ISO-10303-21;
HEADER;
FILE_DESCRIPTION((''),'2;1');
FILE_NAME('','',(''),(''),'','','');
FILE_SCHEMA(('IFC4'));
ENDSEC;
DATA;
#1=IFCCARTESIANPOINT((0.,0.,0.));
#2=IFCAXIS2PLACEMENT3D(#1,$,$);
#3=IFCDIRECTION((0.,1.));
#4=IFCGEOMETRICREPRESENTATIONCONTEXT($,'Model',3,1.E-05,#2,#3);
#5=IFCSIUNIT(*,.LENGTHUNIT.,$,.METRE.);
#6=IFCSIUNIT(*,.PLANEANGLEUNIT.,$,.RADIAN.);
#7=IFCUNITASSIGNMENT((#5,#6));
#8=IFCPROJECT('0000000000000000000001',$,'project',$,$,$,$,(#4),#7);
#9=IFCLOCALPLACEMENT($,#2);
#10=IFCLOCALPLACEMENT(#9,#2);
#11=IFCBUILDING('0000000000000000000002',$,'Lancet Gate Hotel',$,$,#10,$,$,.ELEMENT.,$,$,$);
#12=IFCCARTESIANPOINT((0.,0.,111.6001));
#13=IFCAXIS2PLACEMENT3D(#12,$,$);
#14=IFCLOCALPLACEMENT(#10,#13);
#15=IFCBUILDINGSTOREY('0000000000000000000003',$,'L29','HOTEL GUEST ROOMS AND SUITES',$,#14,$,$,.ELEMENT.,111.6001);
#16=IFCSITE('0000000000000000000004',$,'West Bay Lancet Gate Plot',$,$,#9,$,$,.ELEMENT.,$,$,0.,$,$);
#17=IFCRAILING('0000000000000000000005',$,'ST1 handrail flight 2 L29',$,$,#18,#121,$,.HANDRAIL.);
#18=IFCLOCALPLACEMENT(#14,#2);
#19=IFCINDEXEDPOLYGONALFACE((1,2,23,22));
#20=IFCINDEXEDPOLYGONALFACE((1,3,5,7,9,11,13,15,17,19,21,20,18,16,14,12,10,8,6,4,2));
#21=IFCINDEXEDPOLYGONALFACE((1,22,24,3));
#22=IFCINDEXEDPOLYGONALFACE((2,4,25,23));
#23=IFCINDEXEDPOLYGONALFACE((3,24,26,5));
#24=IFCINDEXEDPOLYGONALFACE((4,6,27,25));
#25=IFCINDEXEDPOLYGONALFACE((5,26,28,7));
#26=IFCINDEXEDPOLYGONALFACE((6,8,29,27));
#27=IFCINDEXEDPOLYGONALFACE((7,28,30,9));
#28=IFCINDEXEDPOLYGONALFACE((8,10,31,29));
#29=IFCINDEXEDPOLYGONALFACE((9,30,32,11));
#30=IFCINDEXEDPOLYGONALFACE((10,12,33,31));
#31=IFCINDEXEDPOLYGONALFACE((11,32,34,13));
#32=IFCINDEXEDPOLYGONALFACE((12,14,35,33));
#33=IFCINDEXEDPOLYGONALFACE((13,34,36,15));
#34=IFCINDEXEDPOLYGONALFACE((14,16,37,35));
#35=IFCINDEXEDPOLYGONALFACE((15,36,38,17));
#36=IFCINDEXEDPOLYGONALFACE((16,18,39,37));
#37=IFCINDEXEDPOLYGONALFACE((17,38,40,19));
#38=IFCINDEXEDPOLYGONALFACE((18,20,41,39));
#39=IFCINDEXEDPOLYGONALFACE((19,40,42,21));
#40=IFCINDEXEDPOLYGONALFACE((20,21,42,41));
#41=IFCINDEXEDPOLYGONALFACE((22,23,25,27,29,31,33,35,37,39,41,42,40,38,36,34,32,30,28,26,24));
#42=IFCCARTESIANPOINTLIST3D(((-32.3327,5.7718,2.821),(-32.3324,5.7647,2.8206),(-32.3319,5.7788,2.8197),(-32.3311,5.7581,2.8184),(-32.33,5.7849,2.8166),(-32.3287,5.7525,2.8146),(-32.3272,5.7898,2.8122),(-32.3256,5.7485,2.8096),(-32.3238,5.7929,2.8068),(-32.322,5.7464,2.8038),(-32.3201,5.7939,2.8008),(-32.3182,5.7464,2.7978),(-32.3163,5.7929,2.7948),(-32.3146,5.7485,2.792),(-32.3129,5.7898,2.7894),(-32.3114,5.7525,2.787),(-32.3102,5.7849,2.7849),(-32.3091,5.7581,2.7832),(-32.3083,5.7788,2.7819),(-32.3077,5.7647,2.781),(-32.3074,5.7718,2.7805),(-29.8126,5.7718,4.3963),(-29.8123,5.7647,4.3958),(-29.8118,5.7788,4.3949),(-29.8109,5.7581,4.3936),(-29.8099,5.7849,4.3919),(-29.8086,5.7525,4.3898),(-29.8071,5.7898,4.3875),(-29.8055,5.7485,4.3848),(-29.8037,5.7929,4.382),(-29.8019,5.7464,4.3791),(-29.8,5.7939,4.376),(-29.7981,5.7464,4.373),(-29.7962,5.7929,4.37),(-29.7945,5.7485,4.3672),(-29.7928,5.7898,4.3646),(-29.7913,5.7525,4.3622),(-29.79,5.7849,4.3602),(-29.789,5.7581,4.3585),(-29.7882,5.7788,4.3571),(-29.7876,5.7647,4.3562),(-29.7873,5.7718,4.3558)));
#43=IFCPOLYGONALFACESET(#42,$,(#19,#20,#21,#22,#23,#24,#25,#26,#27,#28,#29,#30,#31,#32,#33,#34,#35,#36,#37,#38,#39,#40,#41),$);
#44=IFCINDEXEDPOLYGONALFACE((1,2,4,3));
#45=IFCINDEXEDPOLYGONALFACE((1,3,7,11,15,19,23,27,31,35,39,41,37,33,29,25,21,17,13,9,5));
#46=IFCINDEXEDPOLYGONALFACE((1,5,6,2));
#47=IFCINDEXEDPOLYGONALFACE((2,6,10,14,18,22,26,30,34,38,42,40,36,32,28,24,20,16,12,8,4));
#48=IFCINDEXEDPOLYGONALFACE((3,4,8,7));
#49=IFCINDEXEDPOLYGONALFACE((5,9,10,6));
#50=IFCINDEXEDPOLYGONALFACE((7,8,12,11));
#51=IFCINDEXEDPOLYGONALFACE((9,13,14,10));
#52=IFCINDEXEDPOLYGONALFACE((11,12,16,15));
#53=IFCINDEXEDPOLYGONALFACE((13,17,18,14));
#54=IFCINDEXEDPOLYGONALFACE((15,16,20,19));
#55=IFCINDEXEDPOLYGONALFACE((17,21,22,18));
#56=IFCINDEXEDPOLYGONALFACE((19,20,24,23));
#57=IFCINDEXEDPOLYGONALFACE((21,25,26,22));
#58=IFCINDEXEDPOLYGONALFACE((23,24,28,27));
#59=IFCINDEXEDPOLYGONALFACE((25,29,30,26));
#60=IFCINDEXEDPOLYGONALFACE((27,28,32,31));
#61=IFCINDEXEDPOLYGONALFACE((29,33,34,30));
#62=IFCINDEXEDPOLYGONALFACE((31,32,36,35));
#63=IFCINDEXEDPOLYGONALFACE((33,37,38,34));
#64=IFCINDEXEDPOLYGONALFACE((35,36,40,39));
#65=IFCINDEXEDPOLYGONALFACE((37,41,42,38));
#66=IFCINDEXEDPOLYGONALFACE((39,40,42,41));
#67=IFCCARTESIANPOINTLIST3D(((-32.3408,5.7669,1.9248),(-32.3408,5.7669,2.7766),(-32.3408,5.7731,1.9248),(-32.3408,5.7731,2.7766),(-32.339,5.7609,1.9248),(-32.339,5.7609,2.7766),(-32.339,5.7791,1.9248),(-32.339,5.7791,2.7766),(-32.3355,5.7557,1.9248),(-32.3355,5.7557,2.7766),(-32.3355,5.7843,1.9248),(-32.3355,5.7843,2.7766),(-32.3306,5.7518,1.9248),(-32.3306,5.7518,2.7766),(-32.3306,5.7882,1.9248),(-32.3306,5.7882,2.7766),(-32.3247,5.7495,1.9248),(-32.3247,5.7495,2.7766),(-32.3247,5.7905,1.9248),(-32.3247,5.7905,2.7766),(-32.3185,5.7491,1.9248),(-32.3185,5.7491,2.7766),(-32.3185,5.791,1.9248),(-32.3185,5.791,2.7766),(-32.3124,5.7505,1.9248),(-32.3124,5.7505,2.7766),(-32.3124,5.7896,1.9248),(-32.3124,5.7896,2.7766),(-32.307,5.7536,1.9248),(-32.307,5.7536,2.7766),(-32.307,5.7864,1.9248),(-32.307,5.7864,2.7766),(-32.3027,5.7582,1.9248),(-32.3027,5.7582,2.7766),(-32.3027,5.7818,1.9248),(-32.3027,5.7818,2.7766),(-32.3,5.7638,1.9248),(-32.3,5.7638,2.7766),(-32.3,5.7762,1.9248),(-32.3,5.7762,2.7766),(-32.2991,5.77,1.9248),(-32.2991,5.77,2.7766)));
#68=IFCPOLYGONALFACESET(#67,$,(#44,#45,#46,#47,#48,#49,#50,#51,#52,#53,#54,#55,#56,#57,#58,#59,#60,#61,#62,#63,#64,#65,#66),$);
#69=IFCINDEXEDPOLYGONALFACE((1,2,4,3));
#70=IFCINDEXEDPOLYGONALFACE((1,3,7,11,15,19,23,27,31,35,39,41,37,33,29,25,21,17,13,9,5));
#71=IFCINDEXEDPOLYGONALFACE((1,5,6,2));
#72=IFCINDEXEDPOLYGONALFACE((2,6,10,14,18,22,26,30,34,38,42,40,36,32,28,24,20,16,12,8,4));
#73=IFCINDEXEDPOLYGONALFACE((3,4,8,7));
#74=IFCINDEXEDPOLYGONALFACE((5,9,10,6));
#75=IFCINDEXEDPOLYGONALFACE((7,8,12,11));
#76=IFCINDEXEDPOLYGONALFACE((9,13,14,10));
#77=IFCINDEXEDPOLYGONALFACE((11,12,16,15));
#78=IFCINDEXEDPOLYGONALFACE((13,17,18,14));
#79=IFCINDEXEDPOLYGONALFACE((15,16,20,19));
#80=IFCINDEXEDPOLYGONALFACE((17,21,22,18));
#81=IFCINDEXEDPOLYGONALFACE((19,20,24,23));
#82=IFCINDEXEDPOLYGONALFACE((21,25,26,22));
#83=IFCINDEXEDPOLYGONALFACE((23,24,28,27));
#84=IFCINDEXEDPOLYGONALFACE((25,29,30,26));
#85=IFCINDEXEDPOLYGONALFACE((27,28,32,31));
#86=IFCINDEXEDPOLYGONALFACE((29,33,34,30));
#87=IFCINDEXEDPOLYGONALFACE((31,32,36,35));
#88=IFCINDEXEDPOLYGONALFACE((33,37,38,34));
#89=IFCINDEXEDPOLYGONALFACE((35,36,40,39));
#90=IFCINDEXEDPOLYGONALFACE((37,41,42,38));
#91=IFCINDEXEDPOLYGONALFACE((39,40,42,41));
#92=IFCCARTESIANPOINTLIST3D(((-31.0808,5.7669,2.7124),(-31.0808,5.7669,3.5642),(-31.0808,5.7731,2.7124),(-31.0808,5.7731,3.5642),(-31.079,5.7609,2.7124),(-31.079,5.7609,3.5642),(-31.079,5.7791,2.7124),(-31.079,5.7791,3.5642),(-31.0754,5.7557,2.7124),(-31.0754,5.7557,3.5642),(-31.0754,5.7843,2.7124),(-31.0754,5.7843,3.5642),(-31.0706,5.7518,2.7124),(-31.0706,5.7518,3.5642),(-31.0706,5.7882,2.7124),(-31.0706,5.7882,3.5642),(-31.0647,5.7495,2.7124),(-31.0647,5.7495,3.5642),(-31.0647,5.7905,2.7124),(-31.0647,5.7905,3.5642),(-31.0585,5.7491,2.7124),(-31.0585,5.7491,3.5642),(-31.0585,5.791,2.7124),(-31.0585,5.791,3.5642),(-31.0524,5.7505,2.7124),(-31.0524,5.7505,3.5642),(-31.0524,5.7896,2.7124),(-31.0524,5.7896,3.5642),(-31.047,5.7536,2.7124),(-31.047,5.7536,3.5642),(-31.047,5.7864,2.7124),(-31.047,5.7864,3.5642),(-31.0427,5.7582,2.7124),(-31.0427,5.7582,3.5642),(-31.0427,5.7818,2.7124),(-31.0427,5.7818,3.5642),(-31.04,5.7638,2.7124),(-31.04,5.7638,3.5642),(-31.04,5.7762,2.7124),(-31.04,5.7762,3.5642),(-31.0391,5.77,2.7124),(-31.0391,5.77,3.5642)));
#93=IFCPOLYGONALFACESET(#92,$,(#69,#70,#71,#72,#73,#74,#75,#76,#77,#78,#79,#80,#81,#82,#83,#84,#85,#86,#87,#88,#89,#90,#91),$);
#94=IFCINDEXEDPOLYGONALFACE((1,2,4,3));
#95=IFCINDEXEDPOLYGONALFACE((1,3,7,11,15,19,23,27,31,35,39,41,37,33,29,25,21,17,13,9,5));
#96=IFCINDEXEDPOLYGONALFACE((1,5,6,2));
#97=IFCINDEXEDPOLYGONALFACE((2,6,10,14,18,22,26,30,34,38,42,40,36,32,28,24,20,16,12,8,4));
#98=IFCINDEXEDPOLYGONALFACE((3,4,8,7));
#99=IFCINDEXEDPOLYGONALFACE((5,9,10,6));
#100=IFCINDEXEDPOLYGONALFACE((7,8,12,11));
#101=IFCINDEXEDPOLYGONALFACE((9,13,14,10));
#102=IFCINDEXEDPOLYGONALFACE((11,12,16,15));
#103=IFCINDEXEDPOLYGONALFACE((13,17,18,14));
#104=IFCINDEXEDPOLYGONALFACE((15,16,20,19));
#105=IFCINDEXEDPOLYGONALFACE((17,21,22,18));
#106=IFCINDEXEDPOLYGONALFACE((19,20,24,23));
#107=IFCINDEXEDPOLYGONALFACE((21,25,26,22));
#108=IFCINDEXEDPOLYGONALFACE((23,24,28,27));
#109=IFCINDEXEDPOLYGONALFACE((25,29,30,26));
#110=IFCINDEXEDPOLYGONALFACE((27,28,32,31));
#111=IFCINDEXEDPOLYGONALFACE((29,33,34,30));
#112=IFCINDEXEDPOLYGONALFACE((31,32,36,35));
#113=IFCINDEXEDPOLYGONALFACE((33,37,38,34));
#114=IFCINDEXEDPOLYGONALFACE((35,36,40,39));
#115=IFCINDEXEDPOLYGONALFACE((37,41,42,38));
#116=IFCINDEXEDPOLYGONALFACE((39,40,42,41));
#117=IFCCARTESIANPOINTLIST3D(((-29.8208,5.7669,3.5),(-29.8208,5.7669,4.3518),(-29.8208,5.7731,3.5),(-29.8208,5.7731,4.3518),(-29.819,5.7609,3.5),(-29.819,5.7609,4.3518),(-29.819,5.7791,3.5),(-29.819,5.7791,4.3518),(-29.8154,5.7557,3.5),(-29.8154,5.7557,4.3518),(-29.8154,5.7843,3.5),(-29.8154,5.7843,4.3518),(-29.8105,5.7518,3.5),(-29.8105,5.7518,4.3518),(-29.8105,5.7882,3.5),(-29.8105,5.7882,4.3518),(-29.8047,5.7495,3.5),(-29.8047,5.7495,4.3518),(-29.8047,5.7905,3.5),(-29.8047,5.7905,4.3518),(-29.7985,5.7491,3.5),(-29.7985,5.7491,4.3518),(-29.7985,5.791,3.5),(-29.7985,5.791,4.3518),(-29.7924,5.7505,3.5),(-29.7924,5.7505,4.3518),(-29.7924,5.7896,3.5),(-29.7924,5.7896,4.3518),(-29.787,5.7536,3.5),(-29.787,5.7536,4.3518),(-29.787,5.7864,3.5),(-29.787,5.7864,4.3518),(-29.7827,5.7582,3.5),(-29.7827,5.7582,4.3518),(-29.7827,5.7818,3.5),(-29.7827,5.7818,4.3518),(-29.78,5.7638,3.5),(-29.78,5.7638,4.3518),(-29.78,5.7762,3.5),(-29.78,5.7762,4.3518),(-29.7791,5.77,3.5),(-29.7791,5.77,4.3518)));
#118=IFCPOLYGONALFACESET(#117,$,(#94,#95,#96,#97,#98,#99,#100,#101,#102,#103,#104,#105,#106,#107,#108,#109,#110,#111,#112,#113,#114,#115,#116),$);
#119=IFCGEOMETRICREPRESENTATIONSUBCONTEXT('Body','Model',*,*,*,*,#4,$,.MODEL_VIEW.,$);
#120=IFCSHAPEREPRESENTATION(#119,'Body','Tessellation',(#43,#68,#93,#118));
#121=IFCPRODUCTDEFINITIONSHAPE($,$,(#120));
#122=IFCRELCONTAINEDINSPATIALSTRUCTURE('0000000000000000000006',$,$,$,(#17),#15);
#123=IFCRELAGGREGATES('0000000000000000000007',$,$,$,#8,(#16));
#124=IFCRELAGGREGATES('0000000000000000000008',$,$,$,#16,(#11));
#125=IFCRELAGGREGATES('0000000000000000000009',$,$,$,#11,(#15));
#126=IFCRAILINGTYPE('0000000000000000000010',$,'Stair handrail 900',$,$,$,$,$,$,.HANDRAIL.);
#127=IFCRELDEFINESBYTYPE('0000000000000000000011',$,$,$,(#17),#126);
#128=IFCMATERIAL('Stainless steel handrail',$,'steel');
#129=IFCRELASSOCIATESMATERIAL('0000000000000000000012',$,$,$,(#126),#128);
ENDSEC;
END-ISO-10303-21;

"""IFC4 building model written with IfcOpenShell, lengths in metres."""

from ifc_helpers import new_model, si_unit, direction, frame, origin, origin_2d, place, context, subcontext, project, spatial, circle, extrude, material, type_object, element, save


model = new_model("IFC4")

# Units and contexts
model_context = context("Model", 3, precision=1e-05, world=origin(), true_north=direction((0.0, 1.0)))
body_context = subcontext(model_context, "Body", "Model", "MODEL_VIEW")
ifc_project = project(units=[si_unit("LENGTHUNIT", "METRE"), si_unit("PLANEANGLEUNIT", "RADIAN")], contexts=[model_context])

# Site, building, storey
site_placement = place(None, origin())
site = spatial("IfcSite", under=ifc_project, at=site_placement, Name="West Bay Lancet Gate Plot", CompositionType="ELEMENT", RefElevation=0.0)
building_placement = place(site_placement, origin())
building = spatial("IfcBuilding", under=site, at=building_placement, Name="Lancet Gate Hotel", CompositionType="ELEMENT")
storey_placement = place(building_placement, frame((0.0, 0.0, 111.6001)))
storey = spatial("IfcBuildingStorey", under=building, at=storey_placement, Name="L29", Description="HOTEL GUEST ROOMS AND SUITES", CompositionType="ELEMENT", Elevation=111.6001)

# Railing
ifc_material_1 = material(Name="Stainless steel handrail", Category="steel")
railing_type = type_object("IfcRailingType", Name="Stair handrail 900", PredefinedType="HANDRAIL", material=ifc_material_1)
railing_1_placement = place(storey_placement, frame((-32.3201, 5.77, 1.9248)))
element("IfcRailing", 1, at=railing_1_placement, inside=storey, type_object=railing_type, Name="ST1 handrail flight 2 L29", PredefinedType="HANDRAIL", context=body_context, shape_type="SweptSolid", body=[
    extrude(circle(Radius=0.0239, at=origin_2d()), frame((0.0, 0.0, 0.876), z_axis=(0.847971, 0.0, 0.530043), x_axis=(0.0, 1.0, 0.0)), (0.0, 0.0, 1.0), 2.9719),
    extrude(circle(Radius=0.021, at=origin_2d()), origin(), (0.0, 0.0, 1.0), 0.8518),
    extrude(circle(Radius=0.021, at=origin_2d()), frame((1.26, 0.0, 0.7876)), (0.0, 0.0, 1.0), 0.8518),
    extrude(circle(Radius=0.021, at=origin_2d()), frame((2.52, 0.0, 1.5752)), (0.0, 0.0, 1.0), 0.8518),
])

save(model, "model.ifc")
